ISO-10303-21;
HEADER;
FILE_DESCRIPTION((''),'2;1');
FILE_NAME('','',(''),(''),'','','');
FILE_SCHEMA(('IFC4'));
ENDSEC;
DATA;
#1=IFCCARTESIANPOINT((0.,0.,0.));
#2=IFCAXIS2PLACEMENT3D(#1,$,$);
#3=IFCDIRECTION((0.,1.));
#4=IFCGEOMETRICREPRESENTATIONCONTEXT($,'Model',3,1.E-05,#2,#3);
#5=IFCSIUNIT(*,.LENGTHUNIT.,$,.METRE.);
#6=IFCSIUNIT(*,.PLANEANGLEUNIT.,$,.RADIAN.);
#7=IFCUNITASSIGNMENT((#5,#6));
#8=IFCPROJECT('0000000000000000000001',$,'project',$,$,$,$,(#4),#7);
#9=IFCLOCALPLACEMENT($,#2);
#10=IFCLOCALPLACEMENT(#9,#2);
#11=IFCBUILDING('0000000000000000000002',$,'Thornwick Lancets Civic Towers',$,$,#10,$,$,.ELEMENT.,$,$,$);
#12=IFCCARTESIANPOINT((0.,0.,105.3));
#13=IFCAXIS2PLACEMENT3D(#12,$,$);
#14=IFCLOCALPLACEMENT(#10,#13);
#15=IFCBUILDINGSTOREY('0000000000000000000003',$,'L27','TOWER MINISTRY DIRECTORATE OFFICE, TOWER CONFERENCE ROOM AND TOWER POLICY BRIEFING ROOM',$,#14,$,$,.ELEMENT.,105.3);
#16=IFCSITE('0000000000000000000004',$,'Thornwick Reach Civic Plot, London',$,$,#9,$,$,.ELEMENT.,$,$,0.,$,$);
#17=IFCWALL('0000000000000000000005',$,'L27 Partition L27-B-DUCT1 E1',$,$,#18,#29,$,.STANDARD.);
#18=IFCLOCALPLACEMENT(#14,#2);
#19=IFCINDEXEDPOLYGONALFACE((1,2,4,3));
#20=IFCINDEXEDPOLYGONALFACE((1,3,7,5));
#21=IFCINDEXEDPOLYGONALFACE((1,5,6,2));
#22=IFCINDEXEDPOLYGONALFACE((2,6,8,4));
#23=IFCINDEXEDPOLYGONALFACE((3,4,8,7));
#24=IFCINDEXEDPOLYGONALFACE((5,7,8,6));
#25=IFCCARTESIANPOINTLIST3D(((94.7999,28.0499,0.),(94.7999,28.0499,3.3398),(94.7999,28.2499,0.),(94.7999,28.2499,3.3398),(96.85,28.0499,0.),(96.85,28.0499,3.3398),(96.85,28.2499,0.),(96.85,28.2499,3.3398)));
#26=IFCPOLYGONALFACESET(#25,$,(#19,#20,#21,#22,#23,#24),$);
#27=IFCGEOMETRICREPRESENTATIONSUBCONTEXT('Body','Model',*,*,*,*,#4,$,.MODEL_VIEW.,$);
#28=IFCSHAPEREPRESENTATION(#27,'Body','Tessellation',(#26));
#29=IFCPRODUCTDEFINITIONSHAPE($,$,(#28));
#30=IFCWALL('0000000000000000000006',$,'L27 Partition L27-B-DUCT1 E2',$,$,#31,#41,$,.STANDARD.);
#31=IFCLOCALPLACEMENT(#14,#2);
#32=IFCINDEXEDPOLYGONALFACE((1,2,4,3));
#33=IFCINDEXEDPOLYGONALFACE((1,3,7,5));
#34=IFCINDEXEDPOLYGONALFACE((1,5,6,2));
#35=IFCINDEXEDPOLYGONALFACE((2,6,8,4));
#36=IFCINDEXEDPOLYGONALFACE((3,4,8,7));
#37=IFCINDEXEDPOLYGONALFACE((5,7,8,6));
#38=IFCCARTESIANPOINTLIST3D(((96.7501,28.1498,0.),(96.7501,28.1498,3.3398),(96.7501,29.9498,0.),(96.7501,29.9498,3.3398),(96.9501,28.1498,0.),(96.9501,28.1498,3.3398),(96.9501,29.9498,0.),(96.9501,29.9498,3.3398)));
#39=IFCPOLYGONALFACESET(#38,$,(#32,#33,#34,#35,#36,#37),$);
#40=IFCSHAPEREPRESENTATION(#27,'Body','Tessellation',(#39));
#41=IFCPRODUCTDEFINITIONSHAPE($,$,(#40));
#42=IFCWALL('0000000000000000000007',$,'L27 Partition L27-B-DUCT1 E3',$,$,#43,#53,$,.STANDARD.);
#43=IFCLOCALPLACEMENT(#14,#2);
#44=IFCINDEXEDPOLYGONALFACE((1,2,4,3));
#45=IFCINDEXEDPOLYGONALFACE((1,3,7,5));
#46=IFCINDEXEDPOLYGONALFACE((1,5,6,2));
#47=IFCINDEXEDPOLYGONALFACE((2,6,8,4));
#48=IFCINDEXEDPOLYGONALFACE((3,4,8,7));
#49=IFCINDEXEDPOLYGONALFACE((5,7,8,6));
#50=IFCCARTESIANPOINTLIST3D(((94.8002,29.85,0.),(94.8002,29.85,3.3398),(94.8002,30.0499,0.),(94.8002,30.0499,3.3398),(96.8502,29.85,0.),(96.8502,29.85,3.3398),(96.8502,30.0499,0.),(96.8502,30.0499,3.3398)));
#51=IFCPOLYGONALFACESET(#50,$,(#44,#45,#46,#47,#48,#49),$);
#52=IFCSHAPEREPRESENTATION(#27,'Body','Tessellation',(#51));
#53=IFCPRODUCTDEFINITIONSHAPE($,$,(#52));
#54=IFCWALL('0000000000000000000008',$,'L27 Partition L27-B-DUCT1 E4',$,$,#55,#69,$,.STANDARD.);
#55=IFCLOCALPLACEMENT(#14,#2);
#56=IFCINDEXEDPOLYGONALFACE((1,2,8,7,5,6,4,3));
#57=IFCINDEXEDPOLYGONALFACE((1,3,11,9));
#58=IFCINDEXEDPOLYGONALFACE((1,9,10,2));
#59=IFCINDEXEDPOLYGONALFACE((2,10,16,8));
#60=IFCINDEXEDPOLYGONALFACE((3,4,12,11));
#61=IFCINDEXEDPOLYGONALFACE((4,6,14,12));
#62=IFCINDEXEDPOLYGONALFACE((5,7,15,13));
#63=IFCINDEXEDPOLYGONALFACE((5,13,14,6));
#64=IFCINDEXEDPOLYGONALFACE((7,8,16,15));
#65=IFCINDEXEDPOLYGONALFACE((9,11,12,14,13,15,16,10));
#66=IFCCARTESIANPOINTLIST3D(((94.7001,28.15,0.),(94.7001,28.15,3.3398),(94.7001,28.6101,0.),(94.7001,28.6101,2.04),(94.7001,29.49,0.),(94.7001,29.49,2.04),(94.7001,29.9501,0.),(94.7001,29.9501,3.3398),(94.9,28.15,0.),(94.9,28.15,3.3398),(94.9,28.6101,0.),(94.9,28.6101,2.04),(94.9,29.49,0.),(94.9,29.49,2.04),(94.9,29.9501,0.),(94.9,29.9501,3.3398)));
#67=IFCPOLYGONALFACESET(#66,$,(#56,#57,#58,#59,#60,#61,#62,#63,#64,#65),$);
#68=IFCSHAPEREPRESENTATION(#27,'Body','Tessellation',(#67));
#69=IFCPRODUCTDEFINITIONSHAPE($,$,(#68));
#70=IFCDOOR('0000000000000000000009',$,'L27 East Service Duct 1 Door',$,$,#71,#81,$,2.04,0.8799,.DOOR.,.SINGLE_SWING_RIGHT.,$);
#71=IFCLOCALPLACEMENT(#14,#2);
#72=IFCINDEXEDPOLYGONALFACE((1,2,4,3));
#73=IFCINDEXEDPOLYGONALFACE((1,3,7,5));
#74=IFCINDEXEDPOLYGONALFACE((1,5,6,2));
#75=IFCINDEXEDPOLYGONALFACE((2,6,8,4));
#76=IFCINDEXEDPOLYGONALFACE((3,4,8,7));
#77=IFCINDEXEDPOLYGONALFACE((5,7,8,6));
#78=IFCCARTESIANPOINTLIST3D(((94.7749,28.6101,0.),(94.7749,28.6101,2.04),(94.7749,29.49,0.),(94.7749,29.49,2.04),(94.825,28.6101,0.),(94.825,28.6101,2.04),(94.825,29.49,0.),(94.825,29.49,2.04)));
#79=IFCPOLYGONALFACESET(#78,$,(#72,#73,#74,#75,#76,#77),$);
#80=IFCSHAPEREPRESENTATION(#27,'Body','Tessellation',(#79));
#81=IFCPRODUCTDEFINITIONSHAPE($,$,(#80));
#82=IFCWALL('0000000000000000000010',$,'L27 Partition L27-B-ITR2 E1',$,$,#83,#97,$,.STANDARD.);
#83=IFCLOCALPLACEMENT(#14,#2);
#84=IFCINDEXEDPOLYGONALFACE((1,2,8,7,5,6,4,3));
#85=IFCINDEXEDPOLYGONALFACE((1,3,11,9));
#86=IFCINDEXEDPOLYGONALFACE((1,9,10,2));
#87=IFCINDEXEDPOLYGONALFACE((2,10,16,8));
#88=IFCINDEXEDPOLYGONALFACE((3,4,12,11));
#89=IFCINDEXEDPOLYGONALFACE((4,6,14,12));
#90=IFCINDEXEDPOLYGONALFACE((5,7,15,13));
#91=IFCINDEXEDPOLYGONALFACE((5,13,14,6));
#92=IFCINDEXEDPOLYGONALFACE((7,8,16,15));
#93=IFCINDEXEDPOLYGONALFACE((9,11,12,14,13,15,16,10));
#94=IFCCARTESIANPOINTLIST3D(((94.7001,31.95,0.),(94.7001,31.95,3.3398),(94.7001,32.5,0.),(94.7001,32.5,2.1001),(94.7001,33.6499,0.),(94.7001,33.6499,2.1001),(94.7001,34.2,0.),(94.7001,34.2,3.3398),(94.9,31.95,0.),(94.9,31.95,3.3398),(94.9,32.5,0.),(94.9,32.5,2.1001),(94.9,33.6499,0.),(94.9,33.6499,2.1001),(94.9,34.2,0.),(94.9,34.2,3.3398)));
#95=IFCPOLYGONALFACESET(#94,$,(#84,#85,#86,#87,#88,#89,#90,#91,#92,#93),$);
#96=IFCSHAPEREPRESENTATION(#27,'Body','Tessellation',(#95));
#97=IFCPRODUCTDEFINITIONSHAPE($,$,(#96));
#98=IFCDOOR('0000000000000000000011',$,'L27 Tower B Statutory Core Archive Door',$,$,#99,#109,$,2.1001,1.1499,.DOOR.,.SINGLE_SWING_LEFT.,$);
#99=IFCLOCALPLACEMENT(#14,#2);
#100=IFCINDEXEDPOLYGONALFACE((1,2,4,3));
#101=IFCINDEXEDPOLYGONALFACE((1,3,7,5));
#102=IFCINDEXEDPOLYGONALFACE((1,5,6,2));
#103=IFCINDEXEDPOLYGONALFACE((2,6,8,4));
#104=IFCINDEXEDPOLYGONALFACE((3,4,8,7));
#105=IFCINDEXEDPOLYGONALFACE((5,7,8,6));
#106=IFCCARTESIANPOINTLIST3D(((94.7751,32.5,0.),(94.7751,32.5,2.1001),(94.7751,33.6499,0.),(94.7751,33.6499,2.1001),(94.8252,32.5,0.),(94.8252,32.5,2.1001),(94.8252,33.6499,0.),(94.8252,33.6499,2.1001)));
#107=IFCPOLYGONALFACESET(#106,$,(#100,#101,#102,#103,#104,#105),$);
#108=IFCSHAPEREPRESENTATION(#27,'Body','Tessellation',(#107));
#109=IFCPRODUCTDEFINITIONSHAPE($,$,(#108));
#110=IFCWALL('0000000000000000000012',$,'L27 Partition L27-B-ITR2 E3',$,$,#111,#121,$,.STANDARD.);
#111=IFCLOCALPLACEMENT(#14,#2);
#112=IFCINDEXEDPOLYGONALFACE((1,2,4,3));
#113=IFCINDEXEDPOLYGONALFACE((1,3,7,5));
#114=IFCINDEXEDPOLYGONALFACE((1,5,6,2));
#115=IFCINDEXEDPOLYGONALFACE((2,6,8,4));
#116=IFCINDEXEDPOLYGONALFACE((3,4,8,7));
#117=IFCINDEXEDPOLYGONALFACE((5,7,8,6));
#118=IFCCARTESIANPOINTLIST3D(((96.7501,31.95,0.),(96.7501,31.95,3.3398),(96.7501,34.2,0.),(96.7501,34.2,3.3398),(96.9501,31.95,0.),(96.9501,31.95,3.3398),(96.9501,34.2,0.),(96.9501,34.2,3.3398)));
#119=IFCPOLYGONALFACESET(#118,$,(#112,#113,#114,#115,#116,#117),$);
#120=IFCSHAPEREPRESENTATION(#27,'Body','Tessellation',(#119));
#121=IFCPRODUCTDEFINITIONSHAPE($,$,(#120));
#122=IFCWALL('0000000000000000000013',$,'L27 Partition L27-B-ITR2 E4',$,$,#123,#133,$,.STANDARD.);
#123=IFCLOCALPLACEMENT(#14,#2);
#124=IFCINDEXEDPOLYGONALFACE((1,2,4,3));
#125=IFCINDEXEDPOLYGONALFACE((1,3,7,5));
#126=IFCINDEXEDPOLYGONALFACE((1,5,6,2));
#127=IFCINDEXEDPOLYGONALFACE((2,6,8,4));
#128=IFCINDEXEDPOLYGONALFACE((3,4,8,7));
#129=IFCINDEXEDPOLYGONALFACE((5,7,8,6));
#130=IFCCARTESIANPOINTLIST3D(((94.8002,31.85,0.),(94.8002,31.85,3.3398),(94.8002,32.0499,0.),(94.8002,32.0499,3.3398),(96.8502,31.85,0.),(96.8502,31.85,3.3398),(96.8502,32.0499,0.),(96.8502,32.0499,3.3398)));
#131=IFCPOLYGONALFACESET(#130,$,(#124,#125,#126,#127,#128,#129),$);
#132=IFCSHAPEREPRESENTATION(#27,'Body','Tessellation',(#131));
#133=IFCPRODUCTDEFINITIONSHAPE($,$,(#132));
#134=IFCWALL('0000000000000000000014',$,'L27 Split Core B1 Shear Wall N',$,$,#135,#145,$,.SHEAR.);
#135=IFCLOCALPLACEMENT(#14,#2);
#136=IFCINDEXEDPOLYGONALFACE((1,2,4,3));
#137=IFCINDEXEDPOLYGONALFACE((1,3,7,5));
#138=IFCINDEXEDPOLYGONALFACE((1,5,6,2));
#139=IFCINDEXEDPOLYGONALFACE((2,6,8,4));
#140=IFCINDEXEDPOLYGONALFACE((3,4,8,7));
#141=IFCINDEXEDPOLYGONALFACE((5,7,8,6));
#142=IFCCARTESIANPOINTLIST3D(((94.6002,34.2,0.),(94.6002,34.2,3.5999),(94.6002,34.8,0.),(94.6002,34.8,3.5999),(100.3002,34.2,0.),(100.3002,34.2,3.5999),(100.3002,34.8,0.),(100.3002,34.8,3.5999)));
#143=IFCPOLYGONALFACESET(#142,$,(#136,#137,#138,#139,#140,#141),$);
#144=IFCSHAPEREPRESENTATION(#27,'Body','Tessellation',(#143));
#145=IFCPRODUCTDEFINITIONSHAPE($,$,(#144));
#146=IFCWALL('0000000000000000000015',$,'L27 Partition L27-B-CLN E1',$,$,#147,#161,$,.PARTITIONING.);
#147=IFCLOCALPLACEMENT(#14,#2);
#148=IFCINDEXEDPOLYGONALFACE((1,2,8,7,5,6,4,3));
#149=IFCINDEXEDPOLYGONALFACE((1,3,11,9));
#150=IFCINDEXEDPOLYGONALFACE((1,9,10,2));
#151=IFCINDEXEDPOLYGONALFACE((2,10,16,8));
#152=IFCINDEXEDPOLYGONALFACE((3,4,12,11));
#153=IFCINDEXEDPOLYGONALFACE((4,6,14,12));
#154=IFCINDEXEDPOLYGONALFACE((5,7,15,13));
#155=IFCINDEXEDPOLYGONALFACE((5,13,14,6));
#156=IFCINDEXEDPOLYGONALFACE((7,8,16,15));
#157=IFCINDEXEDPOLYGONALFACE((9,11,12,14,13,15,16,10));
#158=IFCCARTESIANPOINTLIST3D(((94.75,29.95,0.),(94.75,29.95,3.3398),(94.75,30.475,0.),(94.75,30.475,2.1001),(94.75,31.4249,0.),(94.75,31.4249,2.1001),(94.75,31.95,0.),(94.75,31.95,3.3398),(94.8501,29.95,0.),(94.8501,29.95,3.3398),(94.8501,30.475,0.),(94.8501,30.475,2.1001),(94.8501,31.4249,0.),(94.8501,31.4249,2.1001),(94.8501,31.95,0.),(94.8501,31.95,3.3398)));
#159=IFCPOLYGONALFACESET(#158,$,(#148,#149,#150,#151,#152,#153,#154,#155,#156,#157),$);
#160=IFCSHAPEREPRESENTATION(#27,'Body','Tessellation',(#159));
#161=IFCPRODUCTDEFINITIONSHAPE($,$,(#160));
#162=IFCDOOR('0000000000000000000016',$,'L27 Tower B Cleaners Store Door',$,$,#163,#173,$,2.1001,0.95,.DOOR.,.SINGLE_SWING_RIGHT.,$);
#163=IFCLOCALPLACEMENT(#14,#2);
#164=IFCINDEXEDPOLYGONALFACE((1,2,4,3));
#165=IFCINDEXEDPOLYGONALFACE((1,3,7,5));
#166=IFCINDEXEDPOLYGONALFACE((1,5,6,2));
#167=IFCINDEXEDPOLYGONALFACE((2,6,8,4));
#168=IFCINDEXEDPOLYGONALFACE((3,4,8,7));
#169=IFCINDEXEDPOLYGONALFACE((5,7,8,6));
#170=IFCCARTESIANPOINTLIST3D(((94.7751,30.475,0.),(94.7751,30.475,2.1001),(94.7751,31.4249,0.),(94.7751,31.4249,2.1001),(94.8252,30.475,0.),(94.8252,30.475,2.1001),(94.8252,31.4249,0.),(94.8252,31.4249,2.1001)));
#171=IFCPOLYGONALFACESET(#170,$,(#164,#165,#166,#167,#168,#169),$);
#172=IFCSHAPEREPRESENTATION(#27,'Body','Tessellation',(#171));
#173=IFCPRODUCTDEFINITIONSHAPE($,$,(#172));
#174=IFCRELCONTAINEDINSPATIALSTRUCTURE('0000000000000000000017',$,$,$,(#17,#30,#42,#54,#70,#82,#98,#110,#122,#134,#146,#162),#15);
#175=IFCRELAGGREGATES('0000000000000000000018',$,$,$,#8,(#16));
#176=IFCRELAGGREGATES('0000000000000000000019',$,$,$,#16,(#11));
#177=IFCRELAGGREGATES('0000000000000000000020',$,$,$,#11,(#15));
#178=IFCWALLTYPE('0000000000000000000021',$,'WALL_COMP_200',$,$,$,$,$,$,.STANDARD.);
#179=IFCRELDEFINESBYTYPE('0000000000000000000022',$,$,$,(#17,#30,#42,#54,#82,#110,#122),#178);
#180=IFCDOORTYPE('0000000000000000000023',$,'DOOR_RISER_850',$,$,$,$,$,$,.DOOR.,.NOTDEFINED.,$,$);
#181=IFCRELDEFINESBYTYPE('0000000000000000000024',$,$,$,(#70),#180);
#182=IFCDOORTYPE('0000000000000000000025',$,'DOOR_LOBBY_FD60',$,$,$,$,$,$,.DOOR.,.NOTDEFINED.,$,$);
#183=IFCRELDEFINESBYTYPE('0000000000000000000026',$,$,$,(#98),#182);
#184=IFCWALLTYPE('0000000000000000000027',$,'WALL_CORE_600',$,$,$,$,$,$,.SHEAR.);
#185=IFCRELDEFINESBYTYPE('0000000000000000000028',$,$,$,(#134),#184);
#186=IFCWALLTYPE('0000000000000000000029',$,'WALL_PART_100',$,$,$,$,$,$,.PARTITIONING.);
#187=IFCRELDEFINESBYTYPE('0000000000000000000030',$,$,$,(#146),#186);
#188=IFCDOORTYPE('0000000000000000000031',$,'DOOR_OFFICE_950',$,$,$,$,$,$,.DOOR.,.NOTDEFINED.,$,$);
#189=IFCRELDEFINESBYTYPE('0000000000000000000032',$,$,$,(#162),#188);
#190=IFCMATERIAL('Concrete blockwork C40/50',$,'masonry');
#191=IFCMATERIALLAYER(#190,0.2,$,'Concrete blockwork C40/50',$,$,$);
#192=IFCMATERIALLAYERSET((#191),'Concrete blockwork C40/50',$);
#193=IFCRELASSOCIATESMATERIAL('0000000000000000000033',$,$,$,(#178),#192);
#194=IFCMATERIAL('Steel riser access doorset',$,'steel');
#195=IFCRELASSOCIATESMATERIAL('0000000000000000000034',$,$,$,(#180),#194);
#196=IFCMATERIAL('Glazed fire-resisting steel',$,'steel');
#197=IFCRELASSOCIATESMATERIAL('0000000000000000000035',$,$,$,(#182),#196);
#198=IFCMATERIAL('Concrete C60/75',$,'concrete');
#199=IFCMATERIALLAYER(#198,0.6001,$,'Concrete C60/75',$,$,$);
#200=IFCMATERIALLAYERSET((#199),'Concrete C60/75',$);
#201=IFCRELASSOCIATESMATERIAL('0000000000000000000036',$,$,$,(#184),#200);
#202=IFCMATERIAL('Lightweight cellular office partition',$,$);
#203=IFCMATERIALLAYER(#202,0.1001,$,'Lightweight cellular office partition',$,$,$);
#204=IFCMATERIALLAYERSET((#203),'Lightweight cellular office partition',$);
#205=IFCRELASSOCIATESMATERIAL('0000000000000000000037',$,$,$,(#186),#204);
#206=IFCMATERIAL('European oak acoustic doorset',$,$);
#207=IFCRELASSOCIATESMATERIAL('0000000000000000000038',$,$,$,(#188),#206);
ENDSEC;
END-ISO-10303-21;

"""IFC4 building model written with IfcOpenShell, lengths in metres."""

from ifc_helpers import new_model, si_unit, direction, frame, frame_2d, origin, place, context, subcontext, project, spatial, rectangle, extrude, material, layer, layer_set, type_object, element, fill, save


model = new_model("IFC4")

# Units and contexts
model_context = context("Model", 3, precision=1e-05, world=origin(), true_north=direction((0.0, 1.0)))
body_context = subcontext(model_context, "Body", "Model", "MODEL_VIEW")
ifc_project = project(units=[si_unit("LENGTHUNIT", "METRE"), si_unit("PLANEANGLEUNIT", "RADIAN")], contexts=[model_context])

# Site, building, storey
site_placement = place(None, origin())
site = spatial("IfcSite", under=ifc_project, at=site_placement, Name="Thornwick Reach Civic Plot, London", CompositionType="ELEMENT", RefElevation=0.0)
building_placement = place(site_placement, origin())
building = spatial("IfcBuilding", under=site, at=building_placement, Name="Thornwick Lancets Civic Towers", CompositionType="ELEMENT")
storey_placement = place(building_placement, frame((0.0, 0.0, 105.3)))
storey = spatial("IfcBuildingStorey", under=building, at=storey_placement, Name="L27", Description="TOWER MINISTRY DIRECTORATE OFFICE, TOWER CONFERENCE ROOM AND TOWER POLICY BRIEFING ROOM", CompositionType="ELEMENT", Elevation=105.3)

# Shared definitions
ifc_material_1 = material(Name="Concrete C60/75", Category="concrete")

# Shared definitions
ifc_material_2 = material(Name="Concrete blockwork C40/50", Category="masonry")
ifc_layer_1 = layer(ifc_material_2, 0.2, Name="Concrete blockwork C40/50")
ifc_layer_set_1 = layer_set([ifc_layer_1], Name="Concrete blockwork C40/50")
wall_type_1 = type_object("IfcWallType", Name="WALL_COMP_200", PredefinedType="STANDARD", material=ifc_layer_set_1)

# Walls
wall_1_placement = place(storey_placement, frame((94.8, 28.1499, 0.0), z_axis=(0.0, 0.0, 1.0), x_axis=(1.0, 0.0, 0.0)))
element("IfcWall", 1, at=wall_1_placement, inside=storey, type_object=wall_type_1, Name="L27 Partition L27-B-DUCT1 E1", PredefinedType="STANDARD", context=body_context, shape_type="SweptSolid", body=[
    extrude(rectangle(XDim=2.05, YDim=0.2, at=frame_2d((1.0249, 0.0))), origin(), (0.0, 0.0, 1.0), 3.3398),
])
wall_2_placement = place(storey_placement, frame((96.8501, 28.1499, 0.0), z_axis=(0.0, 0.0, 1.0), x_axis=(0.0, 1.0, 0.0)))
element("IfcWall", 2, at=wall_2_placement, inside=storey, type_object=wall_type_1, Name="L27 Partition L27-B-DUCT1 E2", PredefinedType="STANDARD", context=body_context, shape_type="SweptSolid", body=[
    extrude(rectangle(XDim=1.8, YDim=0.2, at=frame_2d((0.8999, 0.0))), origin(), (0.0, 0.0, 1.0), 3.3398),
])
wall_3_placement = place(storey_placement, frame((96.8501, 29.95, 0.0), z_axis=(0.0, 0.0, 1.0), x_axis=(-1.0, 0.0, 0.0)))
element("IfcWall", 3, at=wall_3_placement, inside=storey, type_object=wall_type_1, Name="L27 Partition L27-B-DUCT1 E3", PredefinedType="STANDARD", context=body_context, shape_type="SweptSolid", body=[
    extrude(rectangle(XDim=2.05, YDim=0.2, at=frame_2d((1.0249, 0.0))), origin(), (0.0, 0.0, 1.0), 3.3398),
])

# Walls, openings, doors
wall_4_placement = place(storey_placement, frame((94.8, 29.95, 0.0), z_axis=(0.0, 0.0, 1.0), x_axis=(0.0, -1.0, 0.0)))
wall_4 = element("IfcWall", 4, at=wall_4_placement, inside=storey, type_object=wall_type_1, Name="L27 Partition L27-B-DUCT1 E4", PredefinedType="STANDARD", context=body_context, shape_type="SweptSolid", body=[
    extrude(rectangle(XDim=1.8, YDim=0.2, at=frame_2d((0.8999, 0.0))), origin(), (0.0, 0.0, 1.0), 3.3398),
])
opening_1_placement = place(wall_4_placement, frame((0.46, 0.0, 0.0)))
opening_1 = element("IfcOpeningElement", 5, at=opening_1_placement, cuts=wall_4, PredefinedType="OPENING", context=body_context, shape_type="SweptSolid", body=[
    extrude(rectangle(XDim=0.8799, YDim=2.04, at=frame_2d((0.4399, 1.02))), frame((0.0, 0.1099, 0.0), z_axis=(0.0, -1.0, 0.0), x_axis=(1.0, 0.0, 0.0)), (0.0, 0.0, 1.0), 0.22),
])
ifc_material_3 = material(Name="Steel riser access doorset", Category="steel")
door_type_1 = type_object("IfcDoorType", Name="DOOR_RISER_850", OperationType="NOTDEFINED", PredefinedType="DOOR", material=ifc_material_3)
door_1_placement = place(opening_1_placement, origin())
door_1 = element("IfcDoor", 6, at=door_1_placement, inside=storey, type_object=door_type_1, Name="L27 East Service Duct 1 Door", OperationType="SINGLE_SWING_RIGHT", OverallHeight=2.04, OverallWidth=0.8799, PredefinedType="DOOR", context=body_context, shape_type="SweptSolid", body=[
    extrude(rectangle(XDim=0.8799, YDim=2.04, at=frame_2d((0.4399, 1.02))), frame((0.0, 0.0249, 0.0), z_axis=(0.0, -1.0, 0.0), x_axis=(1.0, 0.0, 0.0)), (0.0, 0.0, 1.0), 0.05),
])
fill(opening_1, door_1)
wall_5_placement = place(storey_placement, frame((94.8, 31.95, 0.0), z_axis=(0.0, 0.0, 1.0), x_axis=(0.0, 1.0, 0.0)))
wall_5 = element("IfcWall", 7, at=wall_5_placement, inside=storey, type_object=wall_type_1, Name="L27 Partition L27-B-ITR2 E1", PredefinedType="STANDARD", context=body_context, shape_type="SweptSolid", body=[
    extrude(rectangle(XDim=2.25, YDim=0.2, at=frame_2d((1.125, 0.0))), origin(), (0.0, 0.0, 1.0), 3.3398),
])
opening_2_placement = place(wall_5_placement, frame((0.55, 0.0, 0.0)))
opening_2 = element("IfcOpeningElement", 8, at=opening_2_placement, cuts=wall_5, PredefinedType="OPENING", context=body_context, shape_type="SweptSolid", body=[
    extrude(rectangle(XDim=1.1499, YDim=2.1001, at=frame_2d((0.575, 1.05))), frame((0.0, 0.1099, 0.0), z_axis=(0.0, -1.0, 0.0), x_axis=(1.0, 0.0, 0.0)), (0.0, 0.0, 1.0), 0.22),
])
ifc_material_4 = material(Name="Glazed fire-resisting steel", Category="steel")
door_type_2 = type_object("IfcDoorType", Name="DOOR_LOBBY_FD60", OperationType="NOTDEFINED", PredefinedType="DOOR", material=ifc_material_4)
door_2_placement = place(opening_2_placement, origin())
door_2 = element("IfcDoor", 9, at=door_2_placement, inside=storey, type_object=door_type_2, Name="L27 Tower B Statutory Core Archive Door", OperationType="SINGLE_SWING_LEFT", OverallHeight=2.1001, OverallWidth=1.1499, PredefinedType="DOOR", context=body_context, shape_type="SweptSolid", body=[
    extrude(rectangle(XDim=1.1499, YDim=2.1001, at=frame_2d((0.575, 1.05))), frame((0.0, 0.0249, 0.0), z_axis=(0.0, -1.0, 0.0), x_axis=(1.0, 0.0, 0.0)), (0.0, 0.0, 1.0), 0.05),
])
fill(opening_2, door_2)

# Walls
wall_6_placement = place(storey_placement, frame((96.8501, 34.2, 0.0), z_axis=(0.0, 0.0, 1.0), x_axis=(0.0, -1.0, 0.0)))
element("IfcWall", 10, at=wall_6_placement, inside=storey, type_object=wall_type_1, Name="L27 Partition L27-B-ITR2 E3", PredefinedType="STANDARD", context=body_context, shape_type="SweptSolid", body=[
    extrude(rectangle(XDim=2.25, YDim=0.2, at=frame_2d((1.125, 0.0))), origin(), (0.0, 0.0, 1.0), 3.3398),
])
wall_7_placement = place(storey_placement, frame((96.8501, 31.95, 0.0), z_axis=(0.0, 0.0, 1.0), x_axis=(-1.0, 0.0, 0.0)))
element("IfcWall", 11, at=wall_7_placement, inside=storey, type_object=wall_type_1, Name="L27 Partition L27-B-ITR2 E4", PredefinedType="STANDARD", context=body_context, shape_type="SweptSolid", body=[
    extrude(rectangle(XDim=2.05, YDim=0.2, at=frame_2d((1.0249, 0.0))), origin(), (0.0, 0.0, 1.0), 3.3398),
])
ifc_layer_2 = layer(ifc_material_1, 0.6001, Name="Concrete C60/75")
ifc_layer_set_2 = layer_set([ifc_layer_2], Name="Concrete C60/75")
wall_type_2 = type_object("IfcWallType", Name="WALL_CORE_600", PredefinedType="SHEAR", material=ifc_layer_set_2)
wall_8_placement = place(storey_placement, frame((94.6001, 34.5, 0.0), z_axis=(0.0, 0.0, 1.0), x_axis=(1.0, 0.0, 0.0)))
element("IfcWall", 12, at=wall_8_placement, inside=storey, type_object=wall_type_2, Name="L27 Split Core B1 Shear Wall N", PredefinedType="SHEAR", context=body_context, shape_type="SweptSolid", body=[
    extrude(rectangle(XDim=5.7, YDim=0.6001, at=frame_2d((2.8501, 0.0))), origin(), (0.0, 0.0, 1.0), 3.5999),
])

# Wall, opening, door
ifc_material_5 = material(Name="Lightweight cellular office partition")
ifc_layer_3 = layer(ifc_material_5, 0.1001, Name="Lightweight cellular office partition")
ifc_layer_set_3 = layer_set([ifc_layer_3], Name="Lightweight cellular office partition")
wall_type_3 = type_object("IfcWallType", Name="WALL_PART_100", PredefinedType="PARTITIONING", material=ifc_layer_set_3)
wall_9_placement = place(storey_placement, frame((94.8, 29.95, 0.0), z_axis=(0.0, 0.0, 1.0), x_axis=(0.0, 1.0, 0.0)))
wall_9 = element("IfcWall", 13, at=wall_9_placement, inside=storey, type_object=wall_type_3, Name="L27 Partition L27-B-CLN E1", PredefinedType="PARTITIONING", context=body_context, shape_type="SweptSolid", body=[
    extrude(rectangle(XDim=2.0, YDim=0.1001, at=frame_2d((1.0, 0.0))), origin(), (0.0, 0.0, 1.0), 3.3398),
])
opening_3_placement = place(wall_9_placement, frame((0.5249, 0.0, 0.0)))
opening_3 = element("IfcOpeningElement", 14, at=opening_3_placement, cuts=wall_9, PredefinedType="OPENING", context=body_context, shape_type="SweptSolid", body=[
    extrude(rectangle(XDim=0.95, YDim=2.1001, at=frame_2d((0.4751, 1.05))), frame((0.0, 0.0601, 0.0), z_axis=(0.0, -1.0, 0.0), x_axis=(1.0, 0.0, 0.0)), (0.0, 0.0, 1.0), 0.1201),
])
ifc_material_6 = material(Name="European oak acoustic doorset")
door_type_3 = type_object("IfcDoorType", Name="DOOR_OFFICE_950", OperationType="NOTDEFINED", PredefinedType="DOOR", material=ifc_material_6)
door_3_placement = place(opening_3_placement, origin())
door_3 = element("IfcDoor", 15, at=door_3_placement, inside=storey, type_object=door_type_3, Name="L27 Tower B Cleaners Store Door", OperationType="SINGLE_SWING_RIGHT", OverallHeight=2.1001, OverallWidth=0.95, PredefinedType="DOOR", context=body_context, shape_type="SweptSolid", body=[
    extrude(rectangle(XDim=0.95, YDim=2.1001, at=frame_2d((0.4751, 1.05))), frame((0.0, 0.0249, 0.0), z_axis=(0.0, -1.0, 0.0), x_axis=(1.0, 0.0, 0.0)), (0.0, 0.0, 1.0), 0.05),
])
fill(opening_3, door_3)

save(model, "model.ifc")
